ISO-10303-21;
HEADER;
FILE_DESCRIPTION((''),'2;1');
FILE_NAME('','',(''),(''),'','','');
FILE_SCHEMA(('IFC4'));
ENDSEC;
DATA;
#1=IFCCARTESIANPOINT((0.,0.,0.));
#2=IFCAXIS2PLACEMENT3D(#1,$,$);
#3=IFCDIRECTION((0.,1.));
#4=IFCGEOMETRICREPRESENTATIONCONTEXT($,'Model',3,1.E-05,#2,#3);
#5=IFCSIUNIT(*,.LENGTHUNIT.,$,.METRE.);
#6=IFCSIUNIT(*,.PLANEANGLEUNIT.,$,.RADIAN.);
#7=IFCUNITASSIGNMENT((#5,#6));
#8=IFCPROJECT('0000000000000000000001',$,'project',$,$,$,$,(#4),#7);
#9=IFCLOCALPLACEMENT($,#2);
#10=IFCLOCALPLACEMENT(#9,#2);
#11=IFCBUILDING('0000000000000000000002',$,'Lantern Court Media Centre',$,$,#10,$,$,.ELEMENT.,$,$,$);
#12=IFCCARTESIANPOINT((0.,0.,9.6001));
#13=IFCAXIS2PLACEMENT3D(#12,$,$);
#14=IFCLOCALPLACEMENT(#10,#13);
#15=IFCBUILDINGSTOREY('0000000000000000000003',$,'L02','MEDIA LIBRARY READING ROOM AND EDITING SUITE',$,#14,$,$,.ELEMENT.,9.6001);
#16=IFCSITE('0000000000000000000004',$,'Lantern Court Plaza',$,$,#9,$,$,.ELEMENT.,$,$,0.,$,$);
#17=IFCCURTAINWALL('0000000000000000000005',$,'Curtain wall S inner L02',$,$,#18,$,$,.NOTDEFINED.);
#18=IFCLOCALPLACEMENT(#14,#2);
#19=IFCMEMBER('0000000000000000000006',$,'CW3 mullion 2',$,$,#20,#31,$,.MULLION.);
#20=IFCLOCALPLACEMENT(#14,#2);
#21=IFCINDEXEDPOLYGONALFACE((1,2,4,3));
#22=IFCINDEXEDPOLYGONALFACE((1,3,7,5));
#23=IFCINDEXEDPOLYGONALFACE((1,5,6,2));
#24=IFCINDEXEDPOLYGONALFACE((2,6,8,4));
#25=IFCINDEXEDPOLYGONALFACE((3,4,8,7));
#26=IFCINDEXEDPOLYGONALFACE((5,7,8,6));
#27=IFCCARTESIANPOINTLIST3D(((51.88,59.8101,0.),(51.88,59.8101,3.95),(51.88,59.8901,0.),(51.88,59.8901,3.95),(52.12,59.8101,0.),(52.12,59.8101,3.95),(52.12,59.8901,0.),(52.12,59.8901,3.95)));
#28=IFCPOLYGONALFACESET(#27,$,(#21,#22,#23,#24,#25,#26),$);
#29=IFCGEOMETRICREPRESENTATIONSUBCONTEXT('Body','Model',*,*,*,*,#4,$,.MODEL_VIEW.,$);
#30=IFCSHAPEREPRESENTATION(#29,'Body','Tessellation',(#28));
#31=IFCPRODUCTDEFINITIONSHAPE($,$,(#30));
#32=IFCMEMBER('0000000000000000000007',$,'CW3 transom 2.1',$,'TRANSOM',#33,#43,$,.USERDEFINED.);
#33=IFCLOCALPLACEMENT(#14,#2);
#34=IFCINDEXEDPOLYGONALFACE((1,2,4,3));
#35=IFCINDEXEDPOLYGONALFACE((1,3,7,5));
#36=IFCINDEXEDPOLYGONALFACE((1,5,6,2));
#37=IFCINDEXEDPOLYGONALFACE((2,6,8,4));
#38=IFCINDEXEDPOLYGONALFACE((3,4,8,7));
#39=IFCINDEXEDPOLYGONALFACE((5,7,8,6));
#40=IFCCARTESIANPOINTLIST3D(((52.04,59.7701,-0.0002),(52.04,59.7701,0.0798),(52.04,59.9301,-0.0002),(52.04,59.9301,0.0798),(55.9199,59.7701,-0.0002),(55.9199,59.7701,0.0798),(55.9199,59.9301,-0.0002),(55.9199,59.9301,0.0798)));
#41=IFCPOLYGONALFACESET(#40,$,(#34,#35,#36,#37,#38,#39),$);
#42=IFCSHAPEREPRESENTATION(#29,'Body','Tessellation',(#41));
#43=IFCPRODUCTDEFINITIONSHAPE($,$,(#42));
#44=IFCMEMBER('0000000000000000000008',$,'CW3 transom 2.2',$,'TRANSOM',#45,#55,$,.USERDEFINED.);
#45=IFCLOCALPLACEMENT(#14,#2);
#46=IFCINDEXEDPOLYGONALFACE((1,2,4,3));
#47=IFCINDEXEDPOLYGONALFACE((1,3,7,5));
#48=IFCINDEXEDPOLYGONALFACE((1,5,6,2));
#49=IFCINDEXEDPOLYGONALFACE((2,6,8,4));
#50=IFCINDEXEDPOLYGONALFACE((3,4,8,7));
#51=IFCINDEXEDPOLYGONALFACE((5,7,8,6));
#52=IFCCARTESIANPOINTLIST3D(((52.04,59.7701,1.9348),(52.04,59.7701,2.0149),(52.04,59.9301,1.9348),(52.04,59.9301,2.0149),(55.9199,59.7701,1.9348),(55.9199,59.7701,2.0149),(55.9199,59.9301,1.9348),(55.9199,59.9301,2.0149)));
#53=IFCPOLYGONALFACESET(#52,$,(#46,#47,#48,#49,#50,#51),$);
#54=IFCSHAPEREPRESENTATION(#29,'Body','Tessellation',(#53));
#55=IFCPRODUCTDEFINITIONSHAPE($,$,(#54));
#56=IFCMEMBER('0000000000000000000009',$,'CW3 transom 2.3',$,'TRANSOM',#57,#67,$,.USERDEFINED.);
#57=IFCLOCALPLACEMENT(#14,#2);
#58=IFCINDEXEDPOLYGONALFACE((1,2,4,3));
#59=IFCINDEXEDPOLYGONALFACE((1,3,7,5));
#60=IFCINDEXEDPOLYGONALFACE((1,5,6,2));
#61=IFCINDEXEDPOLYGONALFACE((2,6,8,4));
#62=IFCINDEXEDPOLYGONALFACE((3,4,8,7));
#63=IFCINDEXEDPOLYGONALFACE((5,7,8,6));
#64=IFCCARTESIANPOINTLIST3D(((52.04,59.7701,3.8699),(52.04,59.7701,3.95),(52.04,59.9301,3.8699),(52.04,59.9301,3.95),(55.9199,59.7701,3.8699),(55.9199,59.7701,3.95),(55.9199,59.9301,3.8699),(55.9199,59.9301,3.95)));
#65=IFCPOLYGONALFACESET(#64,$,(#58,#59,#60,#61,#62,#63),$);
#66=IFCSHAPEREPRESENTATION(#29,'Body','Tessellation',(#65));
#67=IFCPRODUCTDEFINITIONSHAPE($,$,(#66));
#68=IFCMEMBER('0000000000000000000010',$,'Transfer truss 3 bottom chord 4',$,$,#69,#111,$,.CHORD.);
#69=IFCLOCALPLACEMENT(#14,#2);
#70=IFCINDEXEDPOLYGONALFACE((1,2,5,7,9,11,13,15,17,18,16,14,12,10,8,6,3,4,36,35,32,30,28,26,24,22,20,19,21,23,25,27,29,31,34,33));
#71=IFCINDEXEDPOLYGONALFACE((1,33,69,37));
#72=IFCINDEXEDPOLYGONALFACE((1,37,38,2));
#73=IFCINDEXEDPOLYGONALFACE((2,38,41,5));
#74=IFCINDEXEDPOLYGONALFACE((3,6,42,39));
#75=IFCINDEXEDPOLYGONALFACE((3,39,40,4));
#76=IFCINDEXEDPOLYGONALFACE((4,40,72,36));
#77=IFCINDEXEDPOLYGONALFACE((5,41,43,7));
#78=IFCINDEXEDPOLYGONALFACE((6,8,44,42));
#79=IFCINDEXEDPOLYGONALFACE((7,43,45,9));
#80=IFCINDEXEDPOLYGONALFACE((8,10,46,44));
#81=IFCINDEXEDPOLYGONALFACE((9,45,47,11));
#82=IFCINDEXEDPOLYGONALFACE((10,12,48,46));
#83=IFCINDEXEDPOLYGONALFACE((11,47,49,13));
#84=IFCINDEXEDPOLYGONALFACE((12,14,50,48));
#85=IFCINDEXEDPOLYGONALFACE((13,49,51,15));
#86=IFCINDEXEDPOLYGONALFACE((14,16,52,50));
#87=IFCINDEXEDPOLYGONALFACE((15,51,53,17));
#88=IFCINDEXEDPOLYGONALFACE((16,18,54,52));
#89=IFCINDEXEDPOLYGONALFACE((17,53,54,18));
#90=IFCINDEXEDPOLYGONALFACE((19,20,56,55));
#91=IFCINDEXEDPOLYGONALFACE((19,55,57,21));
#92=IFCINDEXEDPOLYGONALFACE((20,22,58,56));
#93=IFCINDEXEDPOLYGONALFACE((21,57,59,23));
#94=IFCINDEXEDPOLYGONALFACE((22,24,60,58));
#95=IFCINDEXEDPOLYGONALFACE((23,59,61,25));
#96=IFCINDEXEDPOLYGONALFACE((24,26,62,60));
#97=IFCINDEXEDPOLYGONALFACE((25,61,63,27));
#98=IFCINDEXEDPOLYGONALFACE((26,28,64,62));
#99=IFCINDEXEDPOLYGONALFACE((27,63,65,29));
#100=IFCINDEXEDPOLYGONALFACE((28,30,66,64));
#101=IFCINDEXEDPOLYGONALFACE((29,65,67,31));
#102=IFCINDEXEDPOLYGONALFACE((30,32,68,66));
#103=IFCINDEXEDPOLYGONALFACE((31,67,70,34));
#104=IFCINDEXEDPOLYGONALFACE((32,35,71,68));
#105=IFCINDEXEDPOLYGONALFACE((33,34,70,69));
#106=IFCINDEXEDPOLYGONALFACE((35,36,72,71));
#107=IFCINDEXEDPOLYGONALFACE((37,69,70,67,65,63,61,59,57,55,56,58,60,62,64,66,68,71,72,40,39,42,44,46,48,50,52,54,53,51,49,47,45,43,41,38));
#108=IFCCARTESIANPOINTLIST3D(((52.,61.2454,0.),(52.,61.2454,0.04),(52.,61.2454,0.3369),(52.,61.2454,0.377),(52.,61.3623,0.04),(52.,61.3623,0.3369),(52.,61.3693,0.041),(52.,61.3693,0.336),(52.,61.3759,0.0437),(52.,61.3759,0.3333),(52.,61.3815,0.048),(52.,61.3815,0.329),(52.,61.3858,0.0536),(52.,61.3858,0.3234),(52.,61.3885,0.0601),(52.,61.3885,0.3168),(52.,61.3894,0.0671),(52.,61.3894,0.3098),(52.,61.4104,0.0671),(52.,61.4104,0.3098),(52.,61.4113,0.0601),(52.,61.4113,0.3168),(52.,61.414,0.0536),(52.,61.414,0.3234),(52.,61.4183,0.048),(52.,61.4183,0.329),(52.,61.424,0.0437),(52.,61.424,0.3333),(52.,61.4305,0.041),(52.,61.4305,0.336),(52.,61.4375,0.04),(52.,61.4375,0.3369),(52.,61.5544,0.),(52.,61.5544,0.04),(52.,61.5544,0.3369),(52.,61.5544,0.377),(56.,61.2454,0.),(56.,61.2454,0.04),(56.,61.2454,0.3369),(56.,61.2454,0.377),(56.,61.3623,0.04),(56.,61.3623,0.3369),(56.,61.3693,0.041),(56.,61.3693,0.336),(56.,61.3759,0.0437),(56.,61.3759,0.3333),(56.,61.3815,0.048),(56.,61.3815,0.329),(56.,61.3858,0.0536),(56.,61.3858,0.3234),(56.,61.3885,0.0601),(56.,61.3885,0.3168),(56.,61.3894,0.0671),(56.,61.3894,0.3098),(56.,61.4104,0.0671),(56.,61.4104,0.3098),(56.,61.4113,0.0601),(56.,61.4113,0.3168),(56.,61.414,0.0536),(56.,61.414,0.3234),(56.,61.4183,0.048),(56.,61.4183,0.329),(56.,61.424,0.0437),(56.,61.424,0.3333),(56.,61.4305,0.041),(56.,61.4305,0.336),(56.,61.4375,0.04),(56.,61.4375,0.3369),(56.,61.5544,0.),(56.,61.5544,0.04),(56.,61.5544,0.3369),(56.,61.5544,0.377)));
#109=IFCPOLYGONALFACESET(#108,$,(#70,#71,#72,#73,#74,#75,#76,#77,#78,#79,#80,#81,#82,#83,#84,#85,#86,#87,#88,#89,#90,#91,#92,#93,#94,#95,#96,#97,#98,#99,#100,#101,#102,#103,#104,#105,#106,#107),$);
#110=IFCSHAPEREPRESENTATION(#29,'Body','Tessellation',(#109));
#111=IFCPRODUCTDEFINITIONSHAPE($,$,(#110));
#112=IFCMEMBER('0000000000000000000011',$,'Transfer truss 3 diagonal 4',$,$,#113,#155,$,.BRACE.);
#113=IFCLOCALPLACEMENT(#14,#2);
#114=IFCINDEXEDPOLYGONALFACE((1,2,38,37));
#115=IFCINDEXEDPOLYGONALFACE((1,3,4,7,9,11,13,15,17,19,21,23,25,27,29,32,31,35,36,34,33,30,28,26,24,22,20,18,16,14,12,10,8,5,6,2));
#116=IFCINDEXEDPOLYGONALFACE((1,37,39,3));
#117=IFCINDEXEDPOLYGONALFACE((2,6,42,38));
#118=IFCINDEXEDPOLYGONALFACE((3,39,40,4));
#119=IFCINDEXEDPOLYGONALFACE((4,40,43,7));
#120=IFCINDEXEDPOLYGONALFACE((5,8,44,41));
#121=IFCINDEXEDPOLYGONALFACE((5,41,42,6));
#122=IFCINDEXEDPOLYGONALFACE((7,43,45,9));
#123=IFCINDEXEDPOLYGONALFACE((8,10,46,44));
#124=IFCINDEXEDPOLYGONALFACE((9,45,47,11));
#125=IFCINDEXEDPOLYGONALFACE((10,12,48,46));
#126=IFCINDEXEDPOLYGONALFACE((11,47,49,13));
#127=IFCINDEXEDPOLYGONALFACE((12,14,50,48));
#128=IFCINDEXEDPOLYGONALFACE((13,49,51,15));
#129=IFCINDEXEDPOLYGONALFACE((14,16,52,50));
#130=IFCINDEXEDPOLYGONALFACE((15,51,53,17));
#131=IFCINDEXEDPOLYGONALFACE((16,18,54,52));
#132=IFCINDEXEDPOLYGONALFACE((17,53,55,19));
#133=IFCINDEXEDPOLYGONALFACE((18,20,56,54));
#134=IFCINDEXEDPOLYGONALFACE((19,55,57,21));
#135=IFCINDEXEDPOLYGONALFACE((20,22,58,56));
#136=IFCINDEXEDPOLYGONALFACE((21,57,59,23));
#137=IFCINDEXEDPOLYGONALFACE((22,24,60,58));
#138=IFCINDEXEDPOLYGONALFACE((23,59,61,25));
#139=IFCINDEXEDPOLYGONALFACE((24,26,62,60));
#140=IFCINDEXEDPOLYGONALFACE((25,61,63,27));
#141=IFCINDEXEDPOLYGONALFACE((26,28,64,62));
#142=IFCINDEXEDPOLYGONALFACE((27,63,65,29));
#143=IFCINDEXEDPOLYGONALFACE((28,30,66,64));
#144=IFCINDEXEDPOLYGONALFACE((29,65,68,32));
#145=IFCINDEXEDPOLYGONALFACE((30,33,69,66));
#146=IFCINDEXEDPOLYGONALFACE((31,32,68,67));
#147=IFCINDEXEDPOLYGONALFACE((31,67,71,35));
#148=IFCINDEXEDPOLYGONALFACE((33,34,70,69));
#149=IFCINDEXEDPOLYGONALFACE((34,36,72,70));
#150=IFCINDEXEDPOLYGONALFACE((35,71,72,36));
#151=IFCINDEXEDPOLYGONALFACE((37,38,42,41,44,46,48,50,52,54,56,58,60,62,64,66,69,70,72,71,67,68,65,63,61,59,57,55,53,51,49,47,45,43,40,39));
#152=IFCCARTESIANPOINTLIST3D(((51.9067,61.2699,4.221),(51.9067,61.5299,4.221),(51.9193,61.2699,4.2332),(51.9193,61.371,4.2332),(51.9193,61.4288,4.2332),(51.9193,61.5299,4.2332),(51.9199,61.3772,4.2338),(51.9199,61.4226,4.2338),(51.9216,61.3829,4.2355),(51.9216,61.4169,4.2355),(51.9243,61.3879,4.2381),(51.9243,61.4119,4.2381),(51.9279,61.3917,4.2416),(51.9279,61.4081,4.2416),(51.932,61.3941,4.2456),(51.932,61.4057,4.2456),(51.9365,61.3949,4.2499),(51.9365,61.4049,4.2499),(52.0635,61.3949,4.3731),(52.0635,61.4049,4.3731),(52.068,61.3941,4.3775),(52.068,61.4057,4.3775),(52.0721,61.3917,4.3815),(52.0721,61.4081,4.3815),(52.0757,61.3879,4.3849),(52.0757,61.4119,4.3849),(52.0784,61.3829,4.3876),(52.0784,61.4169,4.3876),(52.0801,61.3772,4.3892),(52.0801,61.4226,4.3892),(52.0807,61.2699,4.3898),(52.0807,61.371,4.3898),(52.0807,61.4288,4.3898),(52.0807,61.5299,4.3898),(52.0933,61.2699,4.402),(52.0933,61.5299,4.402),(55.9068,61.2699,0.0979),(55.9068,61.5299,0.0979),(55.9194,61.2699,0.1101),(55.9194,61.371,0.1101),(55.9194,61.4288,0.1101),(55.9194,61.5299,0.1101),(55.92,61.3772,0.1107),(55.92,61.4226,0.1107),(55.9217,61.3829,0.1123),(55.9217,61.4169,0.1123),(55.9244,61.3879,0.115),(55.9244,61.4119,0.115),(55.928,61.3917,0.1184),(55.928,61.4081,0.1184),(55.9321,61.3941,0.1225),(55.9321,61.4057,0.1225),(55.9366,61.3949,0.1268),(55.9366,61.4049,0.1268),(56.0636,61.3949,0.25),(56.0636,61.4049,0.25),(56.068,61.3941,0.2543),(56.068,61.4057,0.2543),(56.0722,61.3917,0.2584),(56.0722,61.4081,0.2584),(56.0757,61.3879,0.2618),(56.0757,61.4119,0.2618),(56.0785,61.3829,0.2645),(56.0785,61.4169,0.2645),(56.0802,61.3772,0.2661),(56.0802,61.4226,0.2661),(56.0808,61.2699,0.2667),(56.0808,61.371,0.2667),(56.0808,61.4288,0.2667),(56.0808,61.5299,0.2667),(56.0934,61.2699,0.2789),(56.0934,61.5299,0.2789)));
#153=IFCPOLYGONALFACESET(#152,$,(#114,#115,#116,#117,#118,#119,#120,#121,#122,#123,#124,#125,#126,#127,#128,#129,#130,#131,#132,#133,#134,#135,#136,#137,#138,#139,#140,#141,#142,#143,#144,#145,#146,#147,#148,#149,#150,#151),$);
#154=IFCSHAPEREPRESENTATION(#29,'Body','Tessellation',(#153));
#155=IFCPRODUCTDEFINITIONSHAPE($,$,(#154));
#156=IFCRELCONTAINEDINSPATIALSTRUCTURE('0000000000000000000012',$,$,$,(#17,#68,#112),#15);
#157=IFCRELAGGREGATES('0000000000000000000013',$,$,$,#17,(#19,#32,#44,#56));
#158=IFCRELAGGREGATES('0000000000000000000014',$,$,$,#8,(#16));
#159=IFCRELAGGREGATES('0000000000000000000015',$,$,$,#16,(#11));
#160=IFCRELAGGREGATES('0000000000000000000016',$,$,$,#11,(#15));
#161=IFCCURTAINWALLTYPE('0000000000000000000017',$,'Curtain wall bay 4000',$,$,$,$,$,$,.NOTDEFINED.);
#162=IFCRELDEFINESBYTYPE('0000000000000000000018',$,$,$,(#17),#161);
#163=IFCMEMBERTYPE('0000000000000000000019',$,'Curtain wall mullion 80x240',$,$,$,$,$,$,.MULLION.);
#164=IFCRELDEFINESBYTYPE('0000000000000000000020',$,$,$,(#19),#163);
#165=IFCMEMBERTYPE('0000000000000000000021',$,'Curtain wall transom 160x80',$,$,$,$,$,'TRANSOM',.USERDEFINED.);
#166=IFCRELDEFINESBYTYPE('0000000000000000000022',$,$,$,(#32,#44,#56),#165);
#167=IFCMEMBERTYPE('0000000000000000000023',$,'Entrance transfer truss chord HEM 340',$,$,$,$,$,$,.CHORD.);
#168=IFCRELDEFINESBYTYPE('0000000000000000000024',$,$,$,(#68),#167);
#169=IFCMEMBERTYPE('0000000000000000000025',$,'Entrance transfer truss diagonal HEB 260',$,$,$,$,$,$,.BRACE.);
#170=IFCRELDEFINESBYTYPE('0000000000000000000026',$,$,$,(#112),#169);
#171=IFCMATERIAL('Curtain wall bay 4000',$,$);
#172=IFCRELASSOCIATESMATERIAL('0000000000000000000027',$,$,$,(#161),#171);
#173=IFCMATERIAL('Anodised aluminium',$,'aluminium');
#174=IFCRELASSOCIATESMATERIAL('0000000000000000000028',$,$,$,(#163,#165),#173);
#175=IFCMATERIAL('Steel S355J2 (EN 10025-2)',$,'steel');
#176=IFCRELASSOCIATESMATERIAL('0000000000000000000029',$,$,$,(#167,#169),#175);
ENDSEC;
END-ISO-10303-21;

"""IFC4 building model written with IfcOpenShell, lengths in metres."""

from ifc_helpers import new_model, si_unit, direction, frame, origin, origin_2d, place, context, subcontext, project, spatial, rectangle, i_section, extrude, material, material_profile, profile_set, type_object, element, aggregate, save


model = new_model("IFC4")

# Units and contexts
model_context = context("Model", 3, precision=1e-05, world=origin(), true_north=direction((0.0, 1.0)))
body_context = subcontext(model_context, "Body", "Model", "MODEL_VIEW")
ifc_project = project(units=[si_unit("LENGTHUNIT", "METRE"), si_unit("PLANEANGLEUNIT", "RADIAN")], contexts=[model_context])

# Site, building, storey
site_placement = place(None, origin())
site = spatial("IfcSite", under=ifc_project, at=site_placement, Name="Lantern Court Plaza", CompositionType="ELEMENT", RefElevation=0.0)
building_placement = place(site_placement, origin())
building = spatial("IfcBuilding", under=site, at=building_placement, Name="Lantern Court Media Centre", CompositionType="ELEMENT")
storey_placement = place(building_placement, frame((0.0, 0.0, 9.6001)))
storey = spatial("IfcBuildingStorey", under=building, at=storey_placement, Name="L02", Description="MEDIA LIBRARY READING ROOM AND EDITING SUITE", CompositionType="ELEMENT", Elevation=9.6001)

# Shared definitions
ifc_material_1 = material(Name="Steel S355J2 (EN 10025-2)", Category="steel")

# Curtain wall, members
ifc_material_2 = material(Name="Curtain wall bay 4000")
curtain_wall_type = type_object("IfcCurtainWallType", Name="Curtain wall bay 4000", PredefinedType="NOTDEFINED", material=ifc_material_2)
curtain_wall_placement = place(storey_placement, origin())
curtain_wall = element("IfcCurtainWall", 1, at=curtain_wall_placement, inside=storey, type_object=curtain_wall_type, Name="Curtain wall S inner L02", PredefinedType="NOTDEFINED")
ifc_material_3 = material(Name="Anodised aluminium", Category="aluminium")
ifc_material_profile_1 = material_profile(ifc_material_3, rectangle(XDim=0.0801, YDim=0.24, at=origin_2d()), Name="AL 80x240")
ifc_profile_set_1 = profile_set([ifc_material_profile_1], Name="Anodised aluminium")
member_type_1 = type_object("IfcMemberType", Name="Curtain wall mullion 80x240", PredefinedType="MULLION", material=ifc_profile_set_1)
member_1_placement = place(storey_placement, frame((52.0, 59.8501, 0.0), z_axis=(0.0, 0.0, 1.0), x_axis=(0.0, 1.0, 0.0)))
member_1 = element("IfcMember", 2, at=member_1_placement, type_object=member_type_1, Name="CW3 mullion 2", PredefinedType="MULLION", context=body_context, shape_type="SweptSolid", body=[
    extrude(rectangle(XDim=0.0801, YDim=0.24, at=origin_2d()), origin(), (0.0, 0.0, 1.0), 3.95),
])
ifc_material_profile_2 = material_profile(ifc_material_3, rectangle(XDim=0.1599, YDim=0.0801, at=origin_2d()), Name="AL 80x160")
ifc_profile_set_2 = profile_set([ifc_material_profile_2], Name="Anodised aluminium")
member_type_2 = type_object("IfcMemberType", Name="Curtain wall transom 160x80", ElementType="TRANSOM", PredefinedType="USERDEFINED", material=ifc_profile_set_2)
member_2_placement = place(storey_placement, frame((52.04, 59.8501, 0.0398), z_axis=(1.0, 0.0, 0.0), x_axis=(0.0, 1.0, 0.0)))
member_2 = element("IfcMember", 3, at=member_2_placement, type_object=member_type_2, Name="CW3 transom 2.1", ObjectType="TRANSOM", PredefinedType="USERDEFINED", context=body_context, shape_type="SweptSolid", body=[
    extrude(rectangle(XDim=0.1599, YDim=0.0801, at=origin_2d()), origin(), (0.0, 0.0, 1.0), 3.8799),
])
member_3_placement = place(storey_placement, frame((52.04, 59.8501, 1.9749), z_axis=(1.0, 0.0, 0.0), x_axis=(0.0, 1.0, 0.0)))
member_3 = element("IfcMember", 4, at=member_3_placement, type_object=member_type_2, Name="CW3 transom 2.2", ObjectType="TRANSOM", PredefinedType="USERDEFINED", context=body_context, shape_type="SweptSolid", body=[
    extrude(rectangle(XDim=0.1599, YDim=0.0801, at=origin_2d()), origin(), (0.0, 0.0, 1.0), 3.8799),
])
member_4_placement = place(storey_placement, frame((52.04, 59.8501, 3.9099), z_axis=(1.0, 0.0, 0.0), x_axis=(0.0, 1.0, 0.0)))
member_4 = element("IfcMember", 5, at=member_4_placement, type_object=member_type_2, Name="CW3 transom 2.3", ObjectType="TRANSOM", PredefinedType="USERDEFINED", context=body_context, shape_type="SweptSolid", body=[
    extrude(rectangle(XDim=0.1599, YDim=0.0801, at=origin_2d()), origin(), (0.0, 0.0, 1.0), 3.8799),
])
aggregate(curtain_wall, [member_1, member_2, member_3, member_4])

# Members
ifc_material_profile_3 = material_profile(ifc_material_1, i_section(OverallWidth=0.3091, OverallDepth=0.377, WebThickness=0.021, FlangeThickness=0.04, FilletRadius=0.0271, at=origin_2d()), Name="HEM 340")
ifc_profile_set_3 = profile_set([ifc_material_profile_3], Name="Steel S355J2 (EN 10025-2)")
member_type_3 = type_object("IfcMemberType", Name="Entrance transfer truss chord HEM 340", PredefinedType="CHORD", material=ifc_profile_set_3)
member_5_placement = place(storey_placement, frame((52.0, 61.3999, 0.1885), z_axis=(1.0, 0.0, 0.0), x_axis=(0.0, 1.0, 0.0)))
element("IfcMember", 6, at=member_5_placement, inside=storey, type_object=member_type_3, Name="Transfer truss 3 bottom chord 4", PredefinedType="CHORD", context=body_context, shape_type="SweptSolid", body=[
    extrude(i_section(OverallWidth=0.3091, OverallDepth=0.377, WebThickness=0.021, FlangeThickness=0.04, FilletRadius=0.0271, at=origin_2d()), origin(), (0.0, 0.0, 1.0), 4.0),
])
ifc_material_profile_4 = material_profile(ifc_material_1, i_section(OverallWidth=0.26, OverallDepth=0.26, WebThickness=0.01, FlangeThickness=0.0176, FilletRadius=0.0239, at=origin_2d()), Name="HEB 260")
ifc_profile_set_4 = profile_set([ifc_material_profile_4], Name="Steel S355J2 (EN 10025-2)")
member_type_4 = type_object("IfcMemberType", Name="Entrance transfer truss diagonal HEB 260", PredefinedType="BRACE", material=ifc_profile_set_4)
member_6_placement = place(storey_placement, frame((52.0, 61.3999, 4.3115), z_axis=(0.696316, 0.0, -0.717736), x_axis=(0.0, 1.0, 0.0)))
element("IfcMember", 7, at=member_6_placement, inside=storey, type_object=member_type_4, Name="Transfer truss 3 diagonal 4", PredefinedType="BRACE", context=body_context, shape_type="SweptSolid", body=[
    extrude(i_section(OverallWidth=0.26, OverallDepth=0.26, WebThickness=0.01, FlangeThickness=0.0176, FilletRadius=0.0239, at=origin_2d()), origin(), (0.0, 0.0, 1.0), 5.7446),
])

save(model, "model.ifc")
